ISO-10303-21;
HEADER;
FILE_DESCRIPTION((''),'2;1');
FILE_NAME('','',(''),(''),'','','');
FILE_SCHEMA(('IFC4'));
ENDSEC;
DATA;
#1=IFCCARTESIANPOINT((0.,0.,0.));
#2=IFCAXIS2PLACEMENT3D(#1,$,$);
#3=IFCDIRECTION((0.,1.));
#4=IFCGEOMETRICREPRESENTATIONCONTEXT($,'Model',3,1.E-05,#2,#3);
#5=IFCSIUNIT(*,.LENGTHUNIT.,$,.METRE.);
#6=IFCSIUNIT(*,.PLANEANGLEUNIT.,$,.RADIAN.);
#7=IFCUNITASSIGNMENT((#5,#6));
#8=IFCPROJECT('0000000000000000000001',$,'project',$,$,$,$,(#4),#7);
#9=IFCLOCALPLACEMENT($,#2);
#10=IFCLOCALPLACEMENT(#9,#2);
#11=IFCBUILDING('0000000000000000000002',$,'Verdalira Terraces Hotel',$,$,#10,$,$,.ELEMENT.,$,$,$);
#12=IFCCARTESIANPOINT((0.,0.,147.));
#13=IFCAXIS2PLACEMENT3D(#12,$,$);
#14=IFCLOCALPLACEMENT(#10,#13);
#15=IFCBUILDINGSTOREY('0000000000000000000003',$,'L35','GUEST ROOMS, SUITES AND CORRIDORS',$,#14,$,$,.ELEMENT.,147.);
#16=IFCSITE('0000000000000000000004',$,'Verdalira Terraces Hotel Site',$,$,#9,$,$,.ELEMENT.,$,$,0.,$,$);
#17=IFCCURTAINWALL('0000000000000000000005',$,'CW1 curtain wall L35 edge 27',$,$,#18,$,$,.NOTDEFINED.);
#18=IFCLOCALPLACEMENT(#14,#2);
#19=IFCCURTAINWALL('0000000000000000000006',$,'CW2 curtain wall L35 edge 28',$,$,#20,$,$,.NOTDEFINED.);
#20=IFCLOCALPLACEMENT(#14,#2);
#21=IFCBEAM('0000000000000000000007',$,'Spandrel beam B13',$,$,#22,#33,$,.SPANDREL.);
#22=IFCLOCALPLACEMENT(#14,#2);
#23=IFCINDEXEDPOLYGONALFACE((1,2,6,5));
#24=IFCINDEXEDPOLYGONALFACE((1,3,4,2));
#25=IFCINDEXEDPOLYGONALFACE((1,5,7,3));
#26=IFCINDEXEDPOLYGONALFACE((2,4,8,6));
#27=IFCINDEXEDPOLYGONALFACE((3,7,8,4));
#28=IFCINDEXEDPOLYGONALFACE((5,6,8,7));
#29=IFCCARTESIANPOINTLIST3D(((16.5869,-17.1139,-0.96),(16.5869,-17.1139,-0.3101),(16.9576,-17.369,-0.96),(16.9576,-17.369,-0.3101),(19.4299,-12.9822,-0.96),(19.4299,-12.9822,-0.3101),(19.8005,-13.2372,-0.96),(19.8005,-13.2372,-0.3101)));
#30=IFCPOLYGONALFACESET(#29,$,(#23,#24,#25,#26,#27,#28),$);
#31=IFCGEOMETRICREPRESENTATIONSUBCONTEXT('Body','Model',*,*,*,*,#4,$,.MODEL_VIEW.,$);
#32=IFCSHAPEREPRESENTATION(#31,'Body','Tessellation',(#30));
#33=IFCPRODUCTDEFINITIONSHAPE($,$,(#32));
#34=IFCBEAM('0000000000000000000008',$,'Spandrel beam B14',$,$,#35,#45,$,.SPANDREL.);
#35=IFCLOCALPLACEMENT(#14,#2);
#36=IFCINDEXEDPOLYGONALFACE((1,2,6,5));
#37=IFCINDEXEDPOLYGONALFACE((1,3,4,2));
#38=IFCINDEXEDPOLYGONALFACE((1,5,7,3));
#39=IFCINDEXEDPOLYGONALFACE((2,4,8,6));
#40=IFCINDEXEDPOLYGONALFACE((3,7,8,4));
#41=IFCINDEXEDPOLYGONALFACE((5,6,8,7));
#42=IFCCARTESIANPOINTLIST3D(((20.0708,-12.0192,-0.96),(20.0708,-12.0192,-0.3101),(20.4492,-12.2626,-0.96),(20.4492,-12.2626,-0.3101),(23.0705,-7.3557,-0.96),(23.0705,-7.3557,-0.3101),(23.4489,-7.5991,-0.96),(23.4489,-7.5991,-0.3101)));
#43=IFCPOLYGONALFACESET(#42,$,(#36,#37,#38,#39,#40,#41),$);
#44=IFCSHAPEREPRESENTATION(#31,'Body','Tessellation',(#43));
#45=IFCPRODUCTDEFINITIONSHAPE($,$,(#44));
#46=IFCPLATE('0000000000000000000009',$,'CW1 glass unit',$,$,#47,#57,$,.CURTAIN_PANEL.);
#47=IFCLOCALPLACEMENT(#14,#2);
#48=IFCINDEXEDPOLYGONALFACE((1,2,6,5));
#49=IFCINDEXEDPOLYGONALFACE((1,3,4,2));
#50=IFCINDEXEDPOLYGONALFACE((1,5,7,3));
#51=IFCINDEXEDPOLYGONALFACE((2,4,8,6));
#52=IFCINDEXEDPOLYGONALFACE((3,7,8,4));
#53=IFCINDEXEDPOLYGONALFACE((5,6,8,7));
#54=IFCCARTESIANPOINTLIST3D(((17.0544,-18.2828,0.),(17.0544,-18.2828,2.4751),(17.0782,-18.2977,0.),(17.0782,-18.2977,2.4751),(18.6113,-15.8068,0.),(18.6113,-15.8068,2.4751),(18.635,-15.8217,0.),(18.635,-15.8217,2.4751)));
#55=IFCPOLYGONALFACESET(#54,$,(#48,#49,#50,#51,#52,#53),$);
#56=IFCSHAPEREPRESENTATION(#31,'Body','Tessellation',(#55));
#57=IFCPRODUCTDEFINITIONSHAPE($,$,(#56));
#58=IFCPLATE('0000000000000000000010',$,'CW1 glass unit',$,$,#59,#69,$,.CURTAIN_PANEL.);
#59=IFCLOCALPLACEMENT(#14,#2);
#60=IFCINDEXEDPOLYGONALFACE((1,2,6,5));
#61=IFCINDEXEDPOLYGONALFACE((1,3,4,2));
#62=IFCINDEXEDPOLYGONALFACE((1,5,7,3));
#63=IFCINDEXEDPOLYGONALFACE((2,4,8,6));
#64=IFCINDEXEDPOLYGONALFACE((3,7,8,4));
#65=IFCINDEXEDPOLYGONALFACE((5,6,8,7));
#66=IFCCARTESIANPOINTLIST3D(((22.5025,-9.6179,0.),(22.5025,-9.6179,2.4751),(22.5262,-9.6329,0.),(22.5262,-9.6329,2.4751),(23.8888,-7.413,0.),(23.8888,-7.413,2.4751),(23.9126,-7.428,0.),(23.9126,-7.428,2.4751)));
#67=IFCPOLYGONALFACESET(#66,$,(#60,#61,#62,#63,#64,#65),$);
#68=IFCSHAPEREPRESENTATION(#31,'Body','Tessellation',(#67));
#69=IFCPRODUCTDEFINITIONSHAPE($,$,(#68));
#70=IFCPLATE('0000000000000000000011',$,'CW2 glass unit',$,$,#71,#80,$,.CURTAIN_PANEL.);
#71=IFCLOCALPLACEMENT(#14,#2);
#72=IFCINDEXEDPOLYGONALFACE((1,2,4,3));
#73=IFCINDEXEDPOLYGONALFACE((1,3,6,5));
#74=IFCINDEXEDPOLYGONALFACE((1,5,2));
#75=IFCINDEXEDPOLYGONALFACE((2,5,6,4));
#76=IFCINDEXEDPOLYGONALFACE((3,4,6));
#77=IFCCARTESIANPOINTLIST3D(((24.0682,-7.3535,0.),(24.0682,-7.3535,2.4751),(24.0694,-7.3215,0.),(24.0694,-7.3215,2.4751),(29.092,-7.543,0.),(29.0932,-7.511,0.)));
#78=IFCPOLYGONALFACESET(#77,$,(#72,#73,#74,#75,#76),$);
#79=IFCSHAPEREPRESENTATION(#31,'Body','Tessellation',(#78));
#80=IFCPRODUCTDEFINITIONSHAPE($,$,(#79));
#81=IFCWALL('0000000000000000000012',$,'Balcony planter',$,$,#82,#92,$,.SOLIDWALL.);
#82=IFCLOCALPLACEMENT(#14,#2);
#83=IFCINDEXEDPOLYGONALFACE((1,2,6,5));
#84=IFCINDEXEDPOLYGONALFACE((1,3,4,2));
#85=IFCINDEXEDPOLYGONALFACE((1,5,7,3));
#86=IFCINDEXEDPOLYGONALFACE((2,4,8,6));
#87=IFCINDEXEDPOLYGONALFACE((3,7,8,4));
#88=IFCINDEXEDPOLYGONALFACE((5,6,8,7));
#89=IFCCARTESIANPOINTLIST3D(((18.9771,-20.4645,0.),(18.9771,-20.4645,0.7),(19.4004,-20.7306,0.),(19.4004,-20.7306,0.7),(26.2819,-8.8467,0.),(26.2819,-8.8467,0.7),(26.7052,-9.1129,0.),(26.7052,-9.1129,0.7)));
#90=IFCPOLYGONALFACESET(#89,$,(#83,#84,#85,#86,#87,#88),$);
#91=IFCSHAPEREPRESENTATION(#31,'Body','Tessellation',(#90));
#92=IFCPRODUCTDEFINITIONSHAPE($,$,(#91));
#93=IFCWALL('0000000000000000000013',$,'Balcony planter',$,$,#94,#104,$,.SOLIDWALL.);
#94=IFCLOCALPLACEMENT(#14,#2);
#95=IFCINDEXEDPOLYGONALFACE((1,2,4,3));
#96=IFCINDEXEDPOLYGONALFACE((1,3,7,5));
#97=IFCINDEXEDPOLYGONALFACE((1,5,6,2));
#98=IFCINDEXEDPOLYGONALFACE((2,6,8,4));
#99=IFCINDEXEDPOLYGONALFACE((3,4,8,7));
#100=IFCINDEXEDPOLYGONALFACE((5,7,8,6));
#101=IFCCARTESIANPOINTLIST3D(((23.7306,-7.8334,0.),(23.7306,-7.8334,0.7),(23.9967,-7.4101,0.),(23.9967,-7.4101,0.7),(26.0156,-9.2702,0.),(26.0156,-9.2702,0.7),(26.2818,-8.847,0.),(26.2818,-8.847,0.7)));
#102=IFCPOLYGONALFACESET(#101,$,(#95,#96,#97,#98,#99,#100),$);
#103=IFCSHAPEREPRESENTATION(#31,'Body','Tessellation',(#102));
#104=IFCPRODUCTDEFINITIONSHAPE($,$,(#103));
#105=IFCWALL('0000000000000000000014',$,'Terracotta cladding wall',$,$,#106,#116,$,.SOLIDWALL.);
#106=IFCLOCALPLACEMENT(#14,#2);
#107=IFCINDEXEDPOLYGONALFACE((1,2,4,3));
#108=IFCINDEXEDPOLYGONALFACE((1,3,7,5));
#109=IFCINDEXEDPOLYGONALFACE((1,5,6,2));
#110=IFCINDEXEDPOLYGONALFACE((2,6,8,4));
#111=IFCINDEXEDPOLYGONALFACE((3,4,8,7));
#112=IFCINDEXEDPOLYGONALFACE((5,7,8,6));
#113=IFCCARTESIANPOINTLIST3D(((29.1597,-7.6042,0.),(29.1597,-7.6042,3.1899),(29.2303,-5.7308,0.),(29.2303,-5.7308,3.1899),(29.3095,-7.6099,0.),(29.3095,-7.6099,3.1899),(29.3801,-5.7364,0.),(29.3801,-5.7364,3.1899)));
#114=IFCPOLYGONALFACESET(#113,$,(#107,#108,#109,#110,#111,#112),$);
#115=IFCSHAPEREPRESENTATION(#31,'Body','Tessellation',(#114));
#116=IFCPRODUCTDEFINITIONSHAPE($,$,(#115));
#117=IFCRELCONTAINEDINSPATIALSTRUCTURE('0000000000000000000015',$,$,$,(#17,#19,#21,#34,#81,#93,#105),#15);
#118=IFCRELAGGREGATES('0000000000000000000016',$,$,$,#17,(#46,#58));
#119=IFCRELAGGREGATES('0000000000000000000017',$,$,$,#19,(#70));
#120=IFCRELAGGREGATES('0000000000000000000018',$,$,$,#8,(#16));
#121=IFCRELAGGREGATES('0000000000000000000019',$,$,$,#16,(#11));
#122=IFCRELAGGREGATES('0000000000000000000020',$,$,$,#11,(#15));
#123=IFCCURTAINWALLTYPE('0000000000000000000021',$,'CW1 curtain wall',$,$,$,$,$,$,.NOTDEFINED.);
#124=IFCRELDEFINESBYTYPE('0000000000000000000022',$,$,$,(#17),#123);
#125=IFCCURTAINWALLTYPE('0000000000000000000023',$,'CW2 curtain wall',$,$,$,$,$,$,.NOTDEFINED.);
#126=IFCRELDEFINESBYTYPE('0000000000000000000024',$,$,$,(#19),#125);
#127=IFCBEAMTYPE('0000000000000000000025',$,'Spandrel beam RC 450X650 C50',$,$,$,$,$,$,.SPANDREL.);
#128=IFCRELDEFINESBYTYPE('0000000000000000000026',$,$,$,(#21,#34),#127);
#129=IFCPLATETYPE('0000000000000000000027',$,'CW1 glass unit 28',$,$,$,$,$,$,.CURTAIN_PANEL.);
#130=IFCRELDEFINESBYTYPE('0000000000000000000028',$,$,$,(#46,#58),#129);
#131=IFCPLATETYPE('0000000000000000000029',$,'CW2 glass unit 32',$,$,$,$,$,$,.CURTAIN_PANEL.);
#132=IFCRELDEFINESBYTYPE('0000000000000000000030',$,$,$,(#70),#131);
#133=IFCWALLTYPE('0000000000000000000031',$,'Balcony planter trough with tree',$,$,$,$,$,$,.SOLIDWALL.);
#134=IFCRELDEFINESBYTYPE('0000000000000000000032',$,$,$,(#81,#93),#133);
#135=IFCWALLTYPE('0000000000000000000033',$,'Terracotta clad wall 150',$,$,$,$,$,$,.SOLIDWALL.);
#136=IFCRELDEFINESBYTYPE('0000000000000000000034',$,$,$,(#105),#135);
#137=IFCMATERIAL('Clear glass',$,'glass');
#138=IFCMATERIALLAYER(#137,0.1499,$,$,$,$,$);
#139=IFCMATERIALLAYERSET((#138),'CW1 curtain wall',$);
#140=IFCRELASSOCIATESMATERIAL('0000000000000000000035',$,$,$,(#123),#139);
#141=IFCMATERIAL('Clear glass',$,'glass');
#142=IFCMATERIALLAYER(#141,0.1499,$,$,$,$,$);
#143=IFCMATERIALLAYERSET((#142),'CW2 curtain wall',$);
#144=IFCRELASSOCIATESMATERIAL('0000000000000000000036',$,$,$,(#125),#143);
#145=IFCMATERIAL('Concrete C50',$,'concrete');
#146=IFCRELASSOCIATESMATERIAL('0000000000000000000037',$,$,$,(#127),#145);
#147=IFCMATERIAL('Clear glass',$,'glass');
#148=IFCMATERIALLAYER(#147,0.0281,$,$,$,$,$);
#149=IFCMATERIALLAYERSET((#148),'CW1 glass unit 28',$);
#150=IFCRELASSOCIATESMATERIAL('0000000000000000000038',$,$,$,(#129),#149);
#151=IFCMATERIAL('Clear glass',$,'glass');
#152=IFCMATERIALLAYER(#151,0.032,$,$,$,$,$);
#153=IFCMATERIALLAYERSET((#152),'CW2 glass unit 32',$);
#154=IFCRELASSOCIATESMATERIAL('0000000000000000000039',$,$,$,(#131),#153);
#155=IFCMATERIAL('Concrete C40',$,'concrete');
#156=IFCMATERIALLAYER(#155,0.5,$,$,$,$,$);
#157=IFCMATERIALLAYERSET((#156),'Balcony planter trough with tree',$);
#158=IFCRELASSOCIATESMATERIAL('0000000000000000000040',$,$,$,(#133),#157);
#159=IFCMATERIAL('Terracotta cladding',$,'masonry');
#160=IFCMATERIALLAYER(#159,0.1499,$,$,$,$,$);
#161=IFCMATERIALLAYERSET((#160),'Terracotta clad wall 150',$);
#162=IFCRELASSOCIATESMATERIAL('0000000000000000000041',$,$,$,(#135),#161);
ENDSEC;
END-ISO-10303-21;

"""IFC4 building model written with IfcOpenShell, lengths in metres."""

from ifc_helpers import new_model, si_unit, direction, frame, frame_2d, origin, origin_2d, place, context, subcontext, project, spatial, polyline, rectangle, outline, extrude, material, layer, layer_set, material_profile, profile_set, type_object, element, aggregate, save


model = new_model("IFC4")

# Units and contexts
model_context = context("Model", 3, precision=1e-05, world=origin(), true_north=direction((0.0, 1.0)))
body_context = subcontext(model_context, "Body", "Model", "MODEL_VIEW")
ifc_project = project(units=[si_unit("LENGTHUNIT", "METRE"), si_unit("PLANEANGLEUNIT", "RADIAN")], contexts=[model_context])

# Site, building, storey
site_placement = place(None, origin())
site = spatial("IfcSite", under=ifc_project, at=site_placement, Name="Verdalira Terraces Hotel Site", CompositionType="ELEMENT", RefElevation=0.0)
building_placement = place(site_placement, origin())
building = spatial("IfcBuilding", under=site, at=building_placement, Name="Verdalira Terraces Hotel", CompositionType="ELEMENT")
storey_placement = place(building_placement, frame((0.0, 0.0, 147.0)))
storey = spatial("IfcBuildingStorey", under=building, at=storey_placement, Name="L35", Description="GUEST ROOMS, SUITES AND CORRIDORS", CompositionType="ELEMENT", Elevation=147.0)

# Shared definitions
ifc_material_1 = material(Name="Clear glass", Category="glass")
ifc_layer_1 = layer(ifc_material_1, 0.1499)
ifc_layer_set_1 = layer_set([ifc_layer_1], Name="CW1 curtain wall")
curtain_wall_type_1 = type_object("IfcCurtainWallType", Name="CW1 curtain wall", PredefinedType="NOTDEFINED", material=ifc_layer_set_1)

# Curtain walls
curtain_wall_1_placement = place(storey_placement, origin())
curtain_wall_1 = element("IfcCurtainWall", 1, at=curtain_wall_1_placement, inside=storey, type_object=curtain_wall_type_1, Name="CW1 curtain wall L35 edge 27", PredefinedType="NOTDEFINED")
ifc_material_2 = material(Name="Clear glass", Category="glass")
ifc_layer_2 = layer(ifc_material_2, 0.1499)
ifc_layer_set_2 = layer_set([ifc_layer_2], Name="CW2 curtain wall")
curtain_wall_type_2 = type_object("IfcCurtainWallType", Name="CW2 curtain wall", PredefinedType="NOTDEFINED", material=ifc_layer_set_2)
curtain_wall_2_placement = place(storey_placement, origin())
curtain_wall_2 = element("IfcCurtainWall", 2, at=curtain_wall_2_placement, inside=storey, type_object=curtain_wall_type_2, Name="CW2 curtain wall L35 edge 28", PredefinedType="NOTDEFINED")

# Beams
ifc_material_3 = material(Name="Concrete C50", Category="concrete")
ifc_material_profile_1 = material_profile(ifc_material_3, rectangle(XDim=0.45, YDim=0.6499, at=origin_2d()), Name="RC 450X650")
ifc_profile_set_1 = profile_set([ifc_material_profile_1], Name="Concrete C50")
beam_type_1 = type_object("IfcBeamType", Name="Spandrel beam RC 450X650 C50", PredefinedType="SPANDREL", material=ifc_profile_set_1)
beam_1_placement = place(storey_placement, frame((16.7722, -17.2415, -0.635), z_axis=(0.566851, 0.82382, 0.0), x_axis=(-0.82382, 0.566851, 0.0)))
element("IfcBeam", 3, at=beam_1_placement, inside=storey, type_object=beam_type_1, Name="Spandrel beam B13", PredefinedType="SPANDREL", context=body_context, shape_type="SweptSolid", body=[
    extrude(rectangle(XDim=0.45, YDim=0.6499, at=origin_2d()), origin(), (0.0, 0.0, 1.0), 5.0154),
])
beam_2_placement = place(storey_placement, frame((20.26, -12.1409, -0.635), z_axis=(0.54098, 0.841035, 0.0), x_axis=(-0.841035, 0.54098, 0.0)))
element("IfcBeam", 4, at=beam_2_placement, inside=storey, type_object=beam_type_1, Name="Spandrel beam B14", PredefinedType="SPANDREL", context=body_context, shape_type="SweptSolid", body=[
    extrude(rectangle(XDim=0.45, YDim=0.6499, at=origin_2d()), origin(), (0.0, 0.0, 1.0), 5.5449),
])

# Plates
ifc_material_4 = material(Name="Clear glass", Category="glass")
ifc_layer_3 = layer(ifc_material_4, 0.0281)
ifc_layer_set_3 = layer_set([ifc_layer_3], Name="CW1 glass unit 28")
plate_type_1 = type_object("IfcPlateType", Name="CW1 glass unit 28", PredefinedType="CURTAIN_PANEL", material=ifc_layer_set_3)
plate_1_placement = place(storey_placement, frame((17.8447, -17.0522, 0.0), z_axis=(0.0, 0.0, 1.0), x_axis=(0.532285, 0.846565, 0.0)))
plate_1 = element("IfcPlate", 5, at=plate_1_placement, type_object=plate_type_1, Name="CW1 glass unit", PredefinedType="CURTAIN_PANEL", context=body_context, shape_type="SweptSolid", body=[
    extrude(rectangle(XDim=2.9248, YDim=0.0281, at=origin_2d()), origin(), (0.0, 0.0, 1.0), 2.4751),
])
plate_2_placement = place(storey_placement, frame((23.2075, -8.5229, 0.0), z_axis=(0.0, 0.0, 1.0), x_axis=(0.532285, 0.846565, 0.0)))
plate_2 = element("IfcPlate", 6, at=plate_2_placement, type_object=plate_type_1, Name="CW1 glass unit", PredefinedType="CURTAIN_PANEL", context=body_context, shape_type="SweptSolid", body=[
    extrude(rectangle(XDim=2.6045, YDim=0.0281, at=origin_2d()), origin(), (0.0, 0.0, 1.0), 2.4751),
])
aggregate(curtain_wall_1, [plate_1, plate_2])
ifc_material_5 = material(Name="Clear glass", Category="glass")
ifc_layer_4 = layer(ifc_material_5, 0.032)
ifc_layer_set_4 = layer_set([ifc_layer_4], Name="CW2 glass unit 32")
plate_type_2 = type_object("IfcPlateType", Name="CW2 glass unit 32", PredefinedType="CURTAIN_PANEL", material=ifc_layer_set_4)
plate_3_placement = place(storey_placement, frame((26.5813, -7.4163, 1.2375), z_axis=(-0.03769, -0.999289, 0.0), x_axis=(0.999289, -0.03769, 0.0)))
plate_3 = element("IfcPlate", 7, at=plate_3_placement, type_object=plate_type_2, Name="CW2 glass unit", PredefinedType="CURTAIN_PANEL", context=body_context, shape_type="SweptSolid", body=[
    extrude(outline(polyline([(-2.5137, -1.2375), (2.5137, -1.2375), (-2.5137, 1.2375), (-2.5137, -1.2375)])), origin(), (0.0, 0.0, 1.0), 0.032),
])
aggregate(curtain_wall_2, [plate_3])

# Walls
ifc_material_6 = material(Name="Concrete C40", Category="concrete")
ifc_layer_5 = layer(ifc_material_6, 0.5)
ifc_layer_set_5 = layer_set([ifc_layer_5], Name="Balcony planter trough with tree")
wall_type_1 = type_object("IfcWallType", Name="Balcony planter trough with tree", PredefinedType="SOLIDWALL", material=ifc_layer_set_5)
wall_1_placement = place(storey_placement, frame((19.1887, -20.5977, 0.0), z_axis=(0.0, 0.0, 1.0), x_axis=(0.532284, 0.846566, 0.0)))
element("IfcWall", 8, at=wall_1_placement, inside=storey, type_object=wall_type_1, Name="Balcony planter", PredefinedType="SOLIDWALL", context=body_context, shape_type="SweptSolid", body=[
    extrude(rectangle(XDim=13.7234, YDim=0.5, at=frame_2d((6.8618, 0.0))), origin(), (0.0, 0.0, 1.0), 0.7),
])
wall_2_placement = place(storey_placement, frame((26.1487, -9.0586, 0.0), z_axis=(0.0, 0.0, 1.0), x_axis=(-0.846547, 0.532314, 0.0)))
element("IfcWall", 9, at=wall_2_placement, inside=storey, type_object=wall_type_1, Name="Balcony planter", PredefinedType="SOLIDWALL", context=body_context, shape_type="SweptSolid", body=[
    extrude(rectangle(XDim=2.6992, YDim=0.5, at=frame_2d((1.3496, 0.0))), origin(), (0.0, 0.0, 1.0), 0.7),
])
ifc_material_7 = material(Name="Terracotta cladding", Category="masonry")
ifc_layer_6 = layer(ifc_material_7, 0.1499)
ifc_layer_set_6 = layer_set([ifc_layer_6], Name="Terracotta clad wall 150")
wall_type_2 = type_object("IfcWallType", Name="Terracotta clad wall 150", PredefinedType="SOLIDWALL", material=ifc_layer_set_6)
wall_3_placement = place(storey_placement, frame((29.2346, -7.6072, 0.0), z_axis=(0.0, 0.0, 1.0), x_axis=(0.037633, 0.999292, 0.0)))
element("IfcWall", 10, at=wall_3_placement, inside=storey, type_object=wall_type_2, Name="Terracotta cladding wall", PredefinedType="SOLIDWALL", context=body_context, shape_type="SweptSolid", body=[
    extrude(rectangle(XDim=1.8748, YDim=0.1499, at=frame_2d((0.9375, 0.0))), origin(), (0.0, 0.0, 1.0), 3.1899),
])

save(model, "model.ifc")
